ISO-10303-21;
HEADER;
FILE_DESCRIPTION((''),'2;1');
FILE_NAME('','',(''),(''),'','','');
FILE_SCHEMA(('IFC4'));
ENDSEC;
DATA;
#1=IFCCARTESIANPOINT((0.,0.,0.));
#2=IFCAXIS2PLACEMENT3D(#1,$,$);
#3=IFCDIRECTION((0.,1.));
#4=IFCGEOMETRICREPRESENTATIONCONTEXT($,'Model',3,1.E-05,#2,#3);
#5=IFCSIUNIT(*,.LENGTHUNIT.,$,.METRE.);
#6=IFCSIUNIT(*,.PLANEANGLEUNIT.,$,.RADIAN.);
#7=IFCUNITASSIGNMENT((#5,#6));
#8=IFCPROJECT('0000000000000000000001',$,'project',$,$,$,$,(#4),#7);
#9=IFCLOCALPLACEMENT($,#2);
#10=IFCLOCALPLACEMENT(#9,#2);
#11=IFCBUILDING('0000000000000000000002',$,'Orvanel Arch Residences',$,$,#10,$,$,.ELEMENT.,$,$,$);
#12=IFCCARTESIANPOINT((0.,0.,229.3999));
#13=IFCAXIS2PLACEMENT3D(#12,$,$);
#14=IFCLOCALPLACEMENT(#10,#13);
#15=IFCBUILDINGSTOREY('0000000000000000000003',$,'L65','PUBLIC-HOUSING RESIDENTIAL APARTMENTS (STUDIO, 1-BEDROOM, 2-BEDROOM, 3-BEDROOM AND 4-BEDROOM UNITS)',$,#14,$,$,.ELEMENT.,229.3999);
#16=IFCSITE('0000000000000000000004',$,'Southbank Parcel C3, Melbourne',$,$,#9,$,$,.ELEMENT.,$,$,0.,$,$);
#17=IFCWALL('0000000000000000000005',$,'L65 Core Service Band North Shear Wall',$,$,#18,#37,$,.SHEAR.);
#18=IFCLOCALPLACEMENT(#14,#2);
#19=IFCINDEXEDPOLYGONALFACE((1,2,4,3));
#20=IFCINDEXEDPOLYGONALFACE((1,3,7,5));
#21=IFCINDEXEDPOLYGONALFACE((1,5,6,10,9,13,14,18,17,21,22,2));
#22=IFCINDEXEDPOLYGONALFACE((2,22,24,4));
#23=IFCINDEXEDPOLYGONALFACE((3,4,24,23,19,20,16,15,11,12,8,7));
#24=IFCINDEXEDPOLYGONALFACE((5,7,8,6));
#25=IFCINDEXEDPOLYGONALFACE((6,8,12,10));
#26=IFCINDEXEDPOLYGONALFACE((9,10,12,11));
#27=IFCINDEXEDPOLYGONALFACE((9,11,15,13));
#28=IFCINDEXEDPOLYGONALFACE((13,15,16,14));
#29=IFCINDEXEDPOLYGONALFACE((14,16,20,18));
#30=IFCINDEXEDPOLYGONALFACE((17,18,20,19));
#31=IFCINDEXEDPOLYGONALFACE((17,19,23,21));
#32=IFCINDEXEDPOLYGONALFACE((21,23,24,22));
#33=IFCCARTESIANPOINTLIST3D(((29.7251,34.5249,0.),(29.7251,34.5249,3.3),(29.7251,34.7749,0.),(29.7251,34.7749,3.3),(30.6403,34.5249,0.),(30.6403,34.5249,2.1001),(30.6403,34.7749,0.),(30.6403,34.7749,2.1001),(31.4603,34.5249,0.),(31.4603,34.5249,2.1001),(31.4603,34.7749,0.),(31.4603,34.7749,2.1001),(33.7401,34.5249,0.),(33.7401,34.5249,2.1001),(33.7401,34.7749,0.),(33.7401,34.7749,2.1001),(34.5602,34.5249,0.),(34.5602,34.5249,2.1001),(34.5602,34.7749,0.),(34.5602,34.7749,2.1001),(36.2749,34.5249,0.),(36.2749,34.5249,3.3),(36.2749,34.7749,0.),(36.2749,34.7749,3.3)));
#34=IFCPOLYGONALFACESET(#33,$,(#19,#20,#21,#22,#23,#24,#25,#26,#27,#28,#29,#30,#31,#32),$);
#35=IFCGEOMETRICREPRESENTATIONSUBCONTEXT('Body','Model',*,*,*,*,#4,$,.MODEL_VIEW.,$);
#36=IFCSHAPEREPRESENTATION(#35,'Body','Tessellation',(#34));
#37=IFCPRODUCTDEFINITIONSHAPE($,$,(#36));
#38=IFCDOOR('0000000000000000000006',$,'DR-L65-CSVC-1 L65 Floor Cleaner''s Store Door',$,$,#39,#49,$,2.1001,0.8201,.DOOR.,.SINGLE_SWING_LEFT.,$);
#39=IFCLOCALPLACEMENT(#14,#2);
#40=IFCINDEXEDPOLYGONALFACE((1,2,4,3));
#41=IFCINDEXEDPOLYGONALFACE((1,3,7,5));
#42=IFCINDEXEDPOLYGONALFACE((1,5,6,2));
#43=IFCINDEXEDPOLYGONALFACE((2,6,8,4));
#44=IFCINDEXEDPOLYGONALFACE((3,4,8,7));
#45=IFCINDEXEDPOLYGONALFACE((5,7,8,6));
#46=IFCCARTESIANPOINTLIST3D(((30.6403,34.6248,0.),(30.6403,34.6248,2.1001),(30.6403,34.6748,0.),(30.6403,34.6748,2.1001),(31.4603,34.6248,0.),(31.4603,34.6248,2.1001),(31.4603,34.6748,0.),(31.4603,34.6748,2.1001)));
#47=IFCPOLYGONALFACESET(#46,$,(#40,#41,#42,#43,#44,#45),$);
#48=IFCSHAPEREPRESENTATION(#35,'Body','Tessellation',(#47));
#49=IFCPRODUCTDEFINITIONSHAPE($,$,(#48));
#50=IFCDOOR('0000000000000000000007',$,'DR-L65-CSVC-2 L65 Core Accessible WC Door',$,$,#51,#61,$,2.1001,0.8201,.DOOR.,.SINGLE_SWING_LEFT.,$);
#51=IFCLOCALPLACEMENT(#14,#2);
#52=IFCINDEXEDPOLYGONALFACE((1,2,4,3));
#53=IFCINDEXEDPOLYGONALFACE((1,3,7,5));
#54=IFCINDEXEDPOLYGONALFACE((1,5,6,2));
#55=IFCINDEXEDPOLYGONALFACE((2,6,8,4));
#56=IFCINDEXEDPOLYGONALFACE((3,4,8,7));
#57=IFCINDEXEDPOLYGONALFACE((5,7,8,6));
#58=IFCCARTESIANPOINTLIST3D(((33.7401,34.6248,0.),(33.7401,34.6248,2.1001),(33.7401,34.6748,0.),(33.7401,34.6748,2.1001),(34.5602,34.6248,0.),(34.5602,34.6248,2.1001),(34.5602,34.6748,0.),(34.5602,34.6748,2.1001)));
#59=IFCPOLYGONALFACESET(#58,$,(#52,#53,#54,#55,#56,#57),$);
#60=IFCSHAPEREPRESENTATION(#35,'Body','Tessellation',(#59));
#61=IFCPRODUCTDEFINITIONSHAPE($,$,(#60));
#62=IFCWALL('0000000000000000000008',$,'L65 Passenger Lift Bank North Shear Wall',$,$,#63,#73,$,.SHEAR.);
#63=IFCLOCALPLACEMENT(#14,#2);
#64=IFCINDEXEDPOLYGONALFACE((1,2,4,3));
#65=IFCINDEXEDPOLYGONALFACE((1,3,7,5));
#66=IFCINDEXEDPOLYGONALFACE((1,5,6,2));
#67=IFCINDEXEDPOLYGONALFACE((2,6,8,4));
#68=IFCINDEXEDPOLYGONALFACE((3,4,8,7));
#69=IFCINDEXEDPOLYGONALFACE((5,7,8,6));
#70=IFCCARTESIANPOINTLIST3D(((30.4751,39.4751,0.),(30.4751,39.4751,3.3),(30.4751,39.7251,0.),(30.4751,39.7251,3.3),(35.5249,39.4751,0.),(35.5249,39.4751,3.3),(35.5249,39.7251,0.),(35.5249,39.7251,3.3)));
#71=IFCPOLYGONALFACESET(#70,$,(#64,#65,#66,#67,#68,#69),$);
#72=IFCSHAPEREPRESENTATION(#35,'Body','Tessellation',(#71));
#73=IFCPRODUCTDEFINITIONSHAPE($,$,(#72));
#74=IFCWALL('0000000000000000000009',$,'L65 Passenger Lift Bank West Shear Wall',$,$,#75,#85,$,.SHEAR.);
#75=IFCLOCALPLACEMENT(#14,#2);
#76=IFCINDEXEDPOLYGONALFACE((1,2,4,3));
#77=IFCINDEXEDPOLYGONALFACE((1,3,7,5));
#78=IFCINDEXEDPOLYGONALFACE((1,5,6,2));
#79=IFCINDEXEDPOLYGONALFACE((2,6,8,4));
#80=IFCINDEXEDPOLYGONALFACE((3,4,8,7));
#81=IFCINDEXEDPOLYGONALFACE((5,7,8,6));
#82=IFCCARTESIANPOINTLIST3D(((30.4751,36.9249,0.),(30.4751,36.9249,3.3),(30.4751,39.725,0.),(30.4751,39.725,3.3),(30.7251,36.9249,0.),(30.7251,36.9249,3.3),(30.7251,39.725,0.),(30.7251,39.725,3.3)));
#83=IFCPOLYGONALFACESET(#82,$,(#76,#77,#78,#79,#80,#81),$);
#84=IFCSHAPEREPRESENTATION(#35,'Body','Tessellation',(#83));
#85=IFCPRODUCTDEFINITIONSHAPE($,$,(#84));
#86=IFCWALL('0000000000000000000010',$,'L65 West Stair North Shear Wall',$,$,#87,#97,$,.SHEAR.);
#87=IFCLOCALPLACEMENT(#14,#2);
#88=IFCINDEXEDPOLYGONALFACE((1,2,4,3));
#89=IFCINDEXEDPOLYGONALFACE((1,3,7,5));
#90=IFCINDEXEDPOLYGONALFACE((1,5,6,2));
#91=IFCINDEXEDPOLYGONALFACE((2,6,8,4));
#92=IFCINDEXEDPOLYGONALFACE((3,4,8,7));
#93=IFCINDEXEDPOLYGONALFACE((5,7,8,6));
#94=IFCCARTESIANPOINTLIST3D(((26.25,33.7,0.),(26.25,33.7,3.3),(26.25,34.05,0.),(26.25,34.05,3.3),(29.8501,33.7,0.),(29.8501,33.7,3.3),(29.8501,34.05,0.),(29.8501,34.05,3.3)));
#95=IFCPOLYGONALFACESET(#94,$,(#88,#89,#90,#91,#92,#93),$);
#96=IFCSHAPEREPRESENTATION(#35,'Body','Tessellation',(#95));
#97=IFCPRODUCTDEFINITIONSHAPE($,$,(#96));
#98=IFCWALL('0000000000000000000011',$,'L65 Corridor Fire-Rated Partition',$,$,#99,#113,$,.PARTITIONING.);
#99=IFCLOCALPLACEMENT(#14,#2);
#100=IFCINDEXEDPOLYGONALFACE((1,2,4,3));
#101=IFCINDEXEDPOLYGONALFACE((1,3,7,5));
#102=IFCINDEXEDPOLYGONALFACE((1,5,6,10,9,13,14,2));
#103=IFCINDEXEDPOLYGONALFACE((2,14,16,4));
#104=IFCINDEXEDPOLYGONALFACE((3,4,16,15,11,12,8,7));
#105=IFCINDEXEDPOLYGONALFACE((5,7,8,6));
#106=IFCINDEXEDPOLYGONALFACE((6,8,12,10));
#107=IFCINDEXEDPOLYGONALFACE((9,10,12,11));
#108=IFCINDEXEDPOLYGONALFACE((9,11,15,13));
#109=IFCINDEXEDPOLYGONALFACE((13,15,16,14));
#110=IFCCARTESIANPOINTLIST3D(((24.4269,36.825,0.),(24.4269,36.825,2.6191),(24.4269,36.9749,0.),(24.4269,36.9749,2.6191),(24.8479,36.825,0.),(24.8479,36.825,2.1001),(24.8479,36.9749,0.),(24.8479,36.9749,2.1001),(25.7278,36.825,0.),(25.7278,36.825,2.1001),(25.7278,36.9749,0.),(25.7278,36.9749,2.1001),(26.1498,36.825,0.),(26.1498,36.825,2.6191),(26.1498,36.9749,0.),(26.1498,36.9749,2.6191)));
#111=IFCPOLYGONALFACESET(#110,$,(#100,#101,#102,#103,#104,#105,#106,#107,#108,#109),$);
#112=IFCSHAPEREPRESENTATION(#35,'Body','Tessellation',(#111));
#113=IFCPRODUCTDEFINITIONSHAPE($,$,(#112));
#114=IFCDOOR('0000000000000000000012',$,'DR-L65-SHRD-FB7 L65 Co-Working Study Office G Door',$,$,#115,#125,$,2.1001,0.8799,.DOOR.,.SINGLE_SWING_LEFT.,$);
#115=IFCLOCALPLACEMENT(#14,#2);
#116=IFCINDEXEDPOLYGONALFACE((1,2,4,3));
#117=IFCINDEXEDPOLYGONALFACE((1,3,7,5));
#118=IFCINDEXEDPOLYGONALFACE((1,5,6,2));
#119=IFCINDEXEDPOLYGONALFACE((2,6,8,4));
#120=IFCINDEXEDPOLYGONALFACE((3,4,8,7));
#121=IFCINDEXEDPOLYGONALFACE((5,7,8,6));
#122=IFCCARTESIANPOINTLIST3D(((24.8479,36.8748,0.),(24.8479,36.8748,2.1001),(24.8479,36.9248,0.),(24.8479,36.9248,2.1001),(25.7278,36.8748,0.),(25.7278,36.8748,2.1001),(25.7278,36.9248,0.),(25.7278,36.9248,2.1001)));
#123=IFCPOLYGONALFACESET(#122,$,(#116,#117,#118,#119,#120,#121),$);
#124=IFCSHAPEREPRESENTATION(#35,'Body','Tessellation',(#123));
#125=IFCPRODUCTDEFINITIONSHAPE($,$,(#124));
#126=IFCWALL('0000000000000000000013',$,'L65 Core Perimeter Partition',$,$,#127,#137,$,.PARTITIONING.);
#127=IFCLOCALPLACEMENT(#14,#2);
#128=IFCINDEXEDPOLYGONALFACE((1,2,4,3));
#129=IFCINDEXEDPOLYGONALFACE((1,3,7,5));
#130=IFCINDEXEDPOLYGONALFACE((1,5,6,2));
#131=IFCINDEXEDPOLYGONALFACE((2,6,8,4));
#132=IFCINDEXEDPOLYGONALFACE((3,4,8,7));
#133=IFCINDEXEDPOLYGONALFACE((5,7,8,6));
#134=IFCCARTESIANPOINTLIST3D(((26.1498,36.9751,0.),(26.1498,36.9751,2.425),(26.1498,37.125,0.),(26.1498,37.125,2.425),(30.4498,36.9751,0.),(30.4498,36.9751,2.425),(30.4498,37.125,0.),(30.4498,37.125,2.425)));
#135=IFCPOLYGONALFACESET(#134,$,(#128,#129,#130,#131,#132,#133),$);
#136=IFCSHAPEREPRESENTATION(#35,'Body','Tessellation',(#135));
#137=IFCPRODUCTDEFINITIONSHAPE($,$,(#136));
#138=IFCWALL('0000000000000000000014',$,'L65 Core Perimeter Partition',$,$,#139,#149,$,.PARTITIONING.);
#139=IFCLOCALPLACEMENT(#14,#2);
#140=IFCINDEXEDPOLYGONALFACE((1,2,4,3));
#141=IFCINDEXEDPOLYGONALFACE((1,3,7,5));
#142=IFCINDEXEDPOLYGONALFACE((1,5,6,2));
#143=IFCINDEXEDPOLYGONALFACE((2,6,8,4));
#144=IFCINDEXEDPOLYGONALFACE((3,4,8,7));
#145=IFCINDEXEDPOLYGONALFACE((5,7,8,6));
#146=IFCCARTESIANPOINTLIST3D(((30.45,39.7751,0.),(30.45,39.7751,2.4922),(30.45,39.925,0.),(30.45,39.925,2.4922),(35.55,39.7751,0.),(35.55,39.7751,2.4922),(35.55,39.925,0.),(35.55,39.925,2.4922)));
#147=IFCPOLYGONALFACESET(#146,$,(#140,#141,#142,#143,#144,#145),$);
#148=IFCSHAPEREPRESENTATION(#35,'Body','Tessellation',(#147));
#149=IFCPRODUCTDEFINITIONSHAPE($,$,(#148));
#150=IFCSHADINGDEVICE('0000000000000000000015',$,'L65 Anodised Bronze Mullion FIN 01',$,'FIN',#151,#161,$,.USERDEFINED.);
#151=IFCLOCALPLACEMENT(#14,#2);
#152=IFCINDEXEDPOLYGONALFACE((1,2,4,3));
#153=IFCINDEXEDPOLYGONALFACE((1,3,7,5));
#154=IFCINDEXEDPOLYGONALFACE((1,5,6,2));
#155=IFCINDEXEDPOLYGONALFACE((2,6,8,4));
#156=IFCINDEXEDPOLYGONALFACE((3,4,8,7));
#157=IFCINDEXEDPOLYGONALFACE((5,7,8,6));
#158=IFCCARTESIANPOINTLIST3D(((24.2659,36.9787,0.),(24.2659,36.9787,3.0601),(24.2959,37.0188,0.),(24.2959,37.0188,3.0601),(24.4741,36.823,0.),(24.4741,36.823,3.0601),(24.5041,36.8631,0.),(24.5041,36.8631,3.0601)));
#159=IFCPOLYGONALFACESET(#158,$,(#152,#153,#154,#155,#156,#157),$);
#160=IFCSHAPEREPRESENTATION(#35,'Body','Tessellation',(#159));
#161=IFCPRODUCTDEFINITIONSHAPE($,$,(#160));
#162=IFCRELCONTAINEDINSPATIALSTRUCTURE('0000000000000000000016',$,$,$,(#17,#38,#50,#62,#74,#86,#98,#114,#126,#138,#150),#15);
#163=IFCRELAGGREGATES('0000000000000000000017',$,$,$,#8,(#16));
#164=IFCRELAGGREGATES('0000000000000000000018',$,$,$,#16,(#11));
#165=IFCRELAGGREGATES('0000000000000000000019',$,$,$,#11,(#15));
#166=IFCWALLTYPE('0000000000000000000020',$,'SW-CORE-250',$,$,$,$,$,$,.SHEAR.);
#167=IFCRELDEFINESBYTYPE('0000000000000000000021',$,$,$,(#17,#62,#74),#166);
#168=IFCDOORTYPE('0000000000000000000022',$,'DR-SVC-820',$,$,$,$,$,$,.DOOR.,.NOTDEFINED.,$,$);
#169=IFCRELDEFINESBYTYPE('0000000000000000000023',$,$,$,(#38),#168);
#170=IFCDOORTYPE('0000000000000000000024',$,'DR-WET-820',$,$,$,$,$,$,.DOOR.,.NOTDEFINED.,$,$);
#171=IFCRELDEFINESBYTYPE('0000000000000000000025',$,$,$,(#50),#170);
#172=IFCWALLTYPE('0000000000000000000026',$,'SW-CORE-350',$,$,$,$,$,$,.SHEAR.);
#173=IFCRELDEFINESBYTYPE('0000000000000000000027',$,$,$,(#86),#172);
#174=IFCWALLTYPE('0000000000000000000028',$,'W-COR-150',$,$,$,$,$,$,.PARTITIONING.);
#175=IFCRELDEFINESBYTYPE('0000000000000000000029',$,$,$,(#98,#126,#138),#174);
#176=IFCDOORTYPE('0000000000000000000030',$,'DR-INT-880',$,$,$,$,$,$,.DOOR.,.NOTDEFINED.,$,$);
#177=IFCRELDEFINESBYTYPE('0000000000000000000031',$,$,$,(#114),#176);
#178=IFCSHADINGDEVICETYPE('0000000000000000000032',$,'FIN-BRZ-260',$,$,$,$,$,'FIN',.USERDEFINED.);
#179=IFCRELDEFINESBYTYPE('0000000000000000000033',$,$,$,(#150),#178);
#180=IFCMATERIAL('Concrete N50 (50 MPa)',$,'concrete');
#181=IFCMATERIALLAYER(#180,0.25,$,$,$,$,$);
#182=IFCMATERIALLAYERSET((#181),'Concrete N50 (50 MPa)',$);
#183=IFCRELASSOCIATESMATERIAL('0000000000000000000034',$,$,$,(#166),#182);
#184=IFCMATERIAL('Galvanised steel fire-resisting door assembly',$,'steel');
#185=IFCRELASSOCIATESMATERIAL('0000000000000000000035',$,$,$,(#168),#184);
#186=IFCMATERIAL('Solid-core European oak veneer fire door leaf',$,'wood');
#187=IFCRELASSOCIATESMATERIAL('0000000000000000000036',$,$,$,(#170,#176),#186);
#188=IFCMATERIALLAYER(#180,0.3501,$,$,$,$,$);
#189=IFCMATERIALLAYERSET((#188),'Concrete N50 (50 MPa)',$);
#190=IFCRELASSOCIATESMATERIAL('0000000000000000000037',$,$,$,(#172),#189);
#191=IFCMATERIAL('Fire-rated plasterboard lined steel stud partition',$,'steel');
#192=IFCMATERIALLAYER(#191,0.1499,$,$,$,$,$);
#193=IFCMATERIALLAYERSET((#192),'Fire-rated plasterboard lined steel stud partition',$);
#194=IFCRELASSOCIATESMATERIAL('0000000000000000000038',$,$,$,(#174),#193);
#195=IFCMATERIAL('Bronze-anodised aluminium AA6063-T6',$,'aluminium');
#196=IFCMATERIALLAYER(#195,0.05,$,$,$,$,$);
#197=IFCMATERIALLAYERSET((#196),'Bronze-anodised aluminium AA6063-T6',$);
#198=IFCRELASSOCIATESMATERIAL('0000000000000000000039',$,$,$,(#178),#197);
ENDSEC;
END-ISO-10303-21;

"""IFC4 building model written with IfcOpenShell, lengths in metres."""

from ifc_helpers import new_model, si_unit, direction, frame, frame_2d, origin, origin_2d, place, context, subcontext, project, spatial, rectangle, extrude, material, layer, layer_set, type_object, element, fill, save


model = new_model("IFC4")

# Units and contexts
model_context = context("Model", 3, precision=1e-05, world=origin(), true_north=direction((0.0, 1.0)))
body_context = subcontext(model_context, "Body", "Model", "MODEL_VIEW")
ifc_project = project(units=[si_unit("LENGTHUNIT", "METRE"), si_unit("PLANEANGLEUNIT", "RADIAN")], contexts=[model_context])

# Site, building, storey
site_placement = place(None, origin())
site = spatial("IfcSite", under=ifc_project, at=site_placement, Name="Southbank Parcel C3, Melbourne", CompositionType="ELEMENT", RefElevation=0.0)
building_placement = place(site_placement, origin())
building = spatial("IfcBuilding", under=site, at=building_placement, Name="Orvanel Arch Residences", CompositionType="ELEMENT")
storey_placement = place(building_placement, frame((0.0, 0.0, 229.3999)))
storey = spatial("IfcBuildingStorey", under=building, at=storey_placement, Name="L65", Description="PUBLIC-HOUSING RESIDENTIAL APARTMENTS (STUDIO, 1-BEDROOM, 2-BEDROOM, 3-BEDROOM AND 4-BEDROOM UNITS)", CompositionType="ELEMENT", Elevation=229.3999)

# Shared definitions
ifc_material_1 = material(Name="Bronze-anodised aluminium AA6063-T6", Category="aluminium")

# Shared definitions
ifc_material_2 = material(Name="Concrete N50 (50 MPa)", Category="concrete")
ifc_layer_1 = layer(ifc_material_2, 0.25)
ifc_layer_set_1 = layer_set([ifc_layer_1], Name="Concrete N50 (50 MPa)")
wall_type_1 = type_object("IfcWallType", Name="SW-CORE-250", PredefinedType="SHEAR", material=ifc_layer_set_1)

# Wall, openings, doors
wall_1_placement = place(storey_placement, frame((29.7251, 34.6499, 0.0), z_axis=(0.0, 0.0, 1.0), x_axis=(1.0, 0.0, 0.0)))
wall_1 = element("IfcWall", 1, at=wall_1_placement, inside=storey, type_object=wall_type_1, Name="L65 Core Service Band North Shear Wall", PredefinedType="SHEAR", context=body_context, shape_type="SweptSolid", body=[
    extrude(rectangle(XDim=6.5498, YDim=0.25, at=frame_2d((3.2749, 0.0))), origin(), (0.0, 0.0, 1.0), 3.3),
])
opening_1_placement = place(wall_1_placement, frame((0.915, 0.0, 0.0)))
opening_1 = element("IfcOpeningElement", 2, at=opening_1_placement, cuts=wall_1, PredefinedType="OPENING", context=body_context, shape_type="SweptSolid", body=[
    extrude(rectangle(XDim=0.8201, YDim=2.1001, at=frame_2d((0.4102, 1.05))), frame((0.0, 0.135, 0.0), z_axis=(0.0, -1.0, 0.0), x_axis=(1.0, 0.0, 0.0)), (0.0, 0.0, 1.0), 0.27),
])
opening_2_placement = place(wall_1_placement, frame((4.0149, 0.0, 0.0)))
opening_2 = element("IfcOpeningElement", 3, at=opening_2_placement, cuts=wall_1, PredefinedType="OPENING", context=body_context, shape_type="SweptSolid", body=[
    extrude(rectangle(XDim=0.8201, YDim=2.1001, at=frame_2d((0.4102, 1.05))), frame((0.0, 0.135, 0.0), z_axis=(0.0, -1.0, 0.0), x_axis=(1.0, 0.0, 0.0)), (0.0, 0.0, 1.0), 0.27),
])
ifc_material_3 = material(Name="Galvanised steel fire-resisting door assembly", Category="steel")
door_type_1 = type_object("IfcDoorType", Name="DR-SVC-820", OperationType="NOTDEFINED", PredefinedType="DOOR", material=ifc_material_3)
door_1_placement = place(opening_1_placement, origin())
door_1 = element("IfcDoor", 4, at=door_1_placement, inside=storey, type_object=door_type_1, Name="DR-L65-CSVC-1 L65 Floor Cleaner's Store Door", OperationType="SINGLE_SWING_LEFT", OverallHeight=2.1001, OverallWidth=0.8201, PredefinedType="DOOR", context=body_context, shape_type="SweptSolid", body=[
    extrude(rectangle(XDim=0.8201, YDim=2.1001, at=frame_2d((0.4102, 1.05))), frame((0.0, 0.0249, 0.0), z_axis=(0.0, -1.0, 0.0), x_axis=(1.0, 0.0, 0.0)), (0.0, 0.0, 1.0), 0.05),
])
fill(opening_1, door_1)
ifc_material_4 = material(Name="Solid-core European oak veneer fire door leaf", Category="wood")
door_type_2 = type_object("IfcDoorType", Name="DR-WET-820", OperationType="NOTDEFINED", PredefinedType="DOOR", material=ifc_material_4)
door_2_placement = place(opening_2_placement, origin())
door_2 = element("IfcDoor", 5, at=door_2_placement, inside=storey, type_object=door_type_2, Name="DR-L65-CSVC-2 L65 Core Accessible WC Door", OperationType="SINGLE_SWING_LEFT", OverallHeight=2.1001, OverallWidth=0.8201, PredefinedType="DOOR", context=body_context, shape_type="SweptSolid", body=[
    extrude(rectangle(XDim=0.8201, YDim=2.1001, at=frame_2d((0.4102, 1.05))), frame((0.0, 0.0249, 0.0), z_axis=(0.0, -1.0, 0.0), x_axis=(1.0, 0.0, 0.0)), (0.0, 0.0, 1.0), 0.05),
])
fill(opening_2, door_2)

# Walls
wall_2_placement = place(storey_placement, frame((30.4751, 39.6001, 0.0), z_axis=(0.0, 0.0, 1.0), x_axis=(1.0, 0.0, 0.0)))
element("IfcWall", 6, at=wall_2_placement, inside=storey, type_object=wall_type_1, Name="L65 Passenger Lift Bank North Shear Wall", PredefinedType="SHEAR", context=body_context, shape_type="SweptSolid", body=[
    extrude(rectangle(XDim=5.0498, YDim=0.25, at=frame_2d((2.5249, 0.0))), origin(), (0.0, 0.0, 1.0), 3.3),
])
wall_3_placement = place(storey_placement, frame((30.6001, 36.925, 0.0), z_axis=(0.0, 0.0, 1.0), x_axis=(0.0, 1.0, 0.0)))
element("IfcWall", 7, at=wall_3_placement, inside=storey, type_object=wall_type_1, Name="L65 Passenger Lift Bank West Shear Wall", PredefinedType="SHEAR", context=body_context, shape_type="SweptSolid", body=[
    extrude(rectangle(XDim=2.8, YDim=0.25, at=frame_2d((1.3999, 0.0))), origin(), (0.0, 0.0, 1.0), 3.3),
])
ifc_layer_2 = layer(ifc_material_2, 0.3501)
ifc_layer_set_2 = layer_set([ifc_layer_2], Name="Concrete N50 (50 MPa)")
wall_type_2 = type_object("IfcWallType", Name="SW-CORE-350", PredefinedType="SHEAR", material=ifc_layer_set_2)
wall_4_placement = place(storey_placement, frame((26.25, 33.875, 0.0), z_axis=(0.0, 0.0, 1.0), x_axis=(1.0, 0.0, 0.0)))
element("IfcWall", 8, at=wall_4_placement, inside=storey, type_object=wall_type_2, Name="L65 West Stair North Shear Wall", PredefinedType="SHEAR", context=body_context, shape_type="SweptSolid", body=[
    extrude(rectangle(XDim=3.6001, YDim=0.3501, at=frame_2d((1.8, 0.0))), origin(), (0.0, 0.0, 1.0), 3.3),
])

# Wall, opening, door
ifc_material_5 = material(Name="Fire-rated plasterboard lined steel stud partition", Category="steel")
ifc_layer_3 = layer(ifc_material_5, 0.1499)
ifc_layer_set_3 = layer_set([ifc_layer_3], Name="Fire-rated plasterboard lined steel stud partition")
wall_type_3 = type_object("IfcWallType", Name="W-COR-150", PredefinedType="PARTITIONING", material=ifc_layer_set_3)
wall_5_placement = place(storey_placement, frame((24.427, 36.8999, 0.0), z_axis=(0.0, 0.0, 1.0), x_axis=(1.0, 0.0, 0.0)))
wall_5 = element("IfcWall", 9, at=wall_5_placement, inside=storey, type_object=wall_type_3, Name="L65 Corridor Fire-Rated Partition", PredefinedType="PARTITIONING", context=body_context, shape_type="SweptSolid", body=[
    extrude(rectangle(XDim=1.7229, YDim=0.1499, at=frame_2d((0.8613, 0.0))), origin(), (0.0, 0.0, 1.0), 2.6191),
])
opening_3_placement = place(wall_5_placement, frame((0.4209, 0.0, 0.0)))
opening_3 = element("IfcOpeningElement", 10, at=opening_3_placement, cuts=wall_5, PredefinedType="OPENING", context=body_context, shape_type="SweptSolid", body=[
    extrude(rectangle(XDim=0.8799, YDim=2.1001, at=frame_2d((0.4399, 1.05))), frame((0.0, 0.085, 0.0), z_axis=(0.0, -1.0, 0.0), x_axis=(1.0, 0.0, 0.0)), (0.0, 0.0, 1.0), 0.1699),
])
door_type_3 = type_object("IfcDoorType", Name="DR-INT-880", OperationType="NOTDEFINED", PredefinedType="DOOR", material=ifc_material_4)
door_3_placement = place(opening_3_placement, origin())
door_3 = element("IfcDoor", 11, at=door_3_placement, inside=storey, type_object=door_type_3, Name="DR-L65-SHRD-FB7 L65 Co-Working Study Office G Door", OperationType="SINGLE_SWING_LEFT", OverallHeight=2.1001, OverallWidth=0.8799, PredefinedType="DOOR", context=body_context, shape_type="SweptSolid", body=[
    extrude(rectangle(XDim=0.8799, YDim=2.1001, at=frame_2d((0.4399, 1.05))), frame((0.0, 0.0249, 0.0), z_axis=(0.0, -1.0, 0.0), x_axis=(1.0, 0.0, 0.0)), (0.0, 0.0, 1.0), 0.05),
])
fill(opening_3, door_3)

# Walls
wall_6_placement = place(storey_placement, frame((26.1499, 37.05, 0.0), z_axis=(0.0, 0.0, 1.0), x_axis=(1.0, 0.0, 0.0)))
element("IfcWall", 12, at=wall_6_placement, inside=storey, type_object=wall_type_3, Name="L65 Core Perimeter Partition", PredefinedType="PARTITIONING", context=body_context, shape_type="SweptSolid", body=[
    extrude(rectangle(XDim=4.3, YDim=0.1499, at=frame_2d((2.1499, 0.0))), origin(), (0.0, 0.0, 1.0), 2.425),
])
wall_7_placement = place(storey_placement, frame((30.45, 39.8501, 0.0), z_axis=(0.0, 0.0, 1.0), x_axis=(1.0, 0.0, 0.0)))
element("IfcWall", 13, at=wall_7_placement, inside=storey, type_object=wall_type_3, Name="L65 Core Perimeter Partition", PredefinedType="PARTITIONING", context=body_context, shape_type="SweptSolid", body=[
    extrude(rectangle(XDim=5.1001, YDim=0.1499, at=frame_2d((2.55, 0.0))), origin(), (0.0, 0.0, 1.0), 2.4922),
])

# Shading device
ifc_layer_4 = layer(ifc_material_1, 0.05)
ifc_layer_set_4 = layer_set([ifc_layer_4], Name="Bronze-anodised aluminium AA6063-T6")
shading_device_type = type_object("IfcShadingDeviceType", Name="FIN-BRZ-260", ElementType="FIN", PredefinedType="USERDEFINED", material=ifc_layer_set_4)
shading_device_placement = place(storey_placement, frame((24.385, 36.9209, 0.0), z_axis=(0.0, 0.0, 1.0), x_axis=(-0.800731, 0.599024, 0.0)))
element("IfcShadingDevice", 14, at=shading_device_placement, inside=storey, type_object=shading_device_type, Name="L65 Anodised Bronze Mullion FIN 01", ObjectType="FIN", PredefinedType="USERDEFINED", context=body_context, shape_type="SweptSolid", body=[
    extrude(rectangle(XDim=0.26, YDim=0.05, at=origin_2d()), origin(), (0.0, 0.0, 1.0), 3.0601),
])

save(model, "model.ifc")
